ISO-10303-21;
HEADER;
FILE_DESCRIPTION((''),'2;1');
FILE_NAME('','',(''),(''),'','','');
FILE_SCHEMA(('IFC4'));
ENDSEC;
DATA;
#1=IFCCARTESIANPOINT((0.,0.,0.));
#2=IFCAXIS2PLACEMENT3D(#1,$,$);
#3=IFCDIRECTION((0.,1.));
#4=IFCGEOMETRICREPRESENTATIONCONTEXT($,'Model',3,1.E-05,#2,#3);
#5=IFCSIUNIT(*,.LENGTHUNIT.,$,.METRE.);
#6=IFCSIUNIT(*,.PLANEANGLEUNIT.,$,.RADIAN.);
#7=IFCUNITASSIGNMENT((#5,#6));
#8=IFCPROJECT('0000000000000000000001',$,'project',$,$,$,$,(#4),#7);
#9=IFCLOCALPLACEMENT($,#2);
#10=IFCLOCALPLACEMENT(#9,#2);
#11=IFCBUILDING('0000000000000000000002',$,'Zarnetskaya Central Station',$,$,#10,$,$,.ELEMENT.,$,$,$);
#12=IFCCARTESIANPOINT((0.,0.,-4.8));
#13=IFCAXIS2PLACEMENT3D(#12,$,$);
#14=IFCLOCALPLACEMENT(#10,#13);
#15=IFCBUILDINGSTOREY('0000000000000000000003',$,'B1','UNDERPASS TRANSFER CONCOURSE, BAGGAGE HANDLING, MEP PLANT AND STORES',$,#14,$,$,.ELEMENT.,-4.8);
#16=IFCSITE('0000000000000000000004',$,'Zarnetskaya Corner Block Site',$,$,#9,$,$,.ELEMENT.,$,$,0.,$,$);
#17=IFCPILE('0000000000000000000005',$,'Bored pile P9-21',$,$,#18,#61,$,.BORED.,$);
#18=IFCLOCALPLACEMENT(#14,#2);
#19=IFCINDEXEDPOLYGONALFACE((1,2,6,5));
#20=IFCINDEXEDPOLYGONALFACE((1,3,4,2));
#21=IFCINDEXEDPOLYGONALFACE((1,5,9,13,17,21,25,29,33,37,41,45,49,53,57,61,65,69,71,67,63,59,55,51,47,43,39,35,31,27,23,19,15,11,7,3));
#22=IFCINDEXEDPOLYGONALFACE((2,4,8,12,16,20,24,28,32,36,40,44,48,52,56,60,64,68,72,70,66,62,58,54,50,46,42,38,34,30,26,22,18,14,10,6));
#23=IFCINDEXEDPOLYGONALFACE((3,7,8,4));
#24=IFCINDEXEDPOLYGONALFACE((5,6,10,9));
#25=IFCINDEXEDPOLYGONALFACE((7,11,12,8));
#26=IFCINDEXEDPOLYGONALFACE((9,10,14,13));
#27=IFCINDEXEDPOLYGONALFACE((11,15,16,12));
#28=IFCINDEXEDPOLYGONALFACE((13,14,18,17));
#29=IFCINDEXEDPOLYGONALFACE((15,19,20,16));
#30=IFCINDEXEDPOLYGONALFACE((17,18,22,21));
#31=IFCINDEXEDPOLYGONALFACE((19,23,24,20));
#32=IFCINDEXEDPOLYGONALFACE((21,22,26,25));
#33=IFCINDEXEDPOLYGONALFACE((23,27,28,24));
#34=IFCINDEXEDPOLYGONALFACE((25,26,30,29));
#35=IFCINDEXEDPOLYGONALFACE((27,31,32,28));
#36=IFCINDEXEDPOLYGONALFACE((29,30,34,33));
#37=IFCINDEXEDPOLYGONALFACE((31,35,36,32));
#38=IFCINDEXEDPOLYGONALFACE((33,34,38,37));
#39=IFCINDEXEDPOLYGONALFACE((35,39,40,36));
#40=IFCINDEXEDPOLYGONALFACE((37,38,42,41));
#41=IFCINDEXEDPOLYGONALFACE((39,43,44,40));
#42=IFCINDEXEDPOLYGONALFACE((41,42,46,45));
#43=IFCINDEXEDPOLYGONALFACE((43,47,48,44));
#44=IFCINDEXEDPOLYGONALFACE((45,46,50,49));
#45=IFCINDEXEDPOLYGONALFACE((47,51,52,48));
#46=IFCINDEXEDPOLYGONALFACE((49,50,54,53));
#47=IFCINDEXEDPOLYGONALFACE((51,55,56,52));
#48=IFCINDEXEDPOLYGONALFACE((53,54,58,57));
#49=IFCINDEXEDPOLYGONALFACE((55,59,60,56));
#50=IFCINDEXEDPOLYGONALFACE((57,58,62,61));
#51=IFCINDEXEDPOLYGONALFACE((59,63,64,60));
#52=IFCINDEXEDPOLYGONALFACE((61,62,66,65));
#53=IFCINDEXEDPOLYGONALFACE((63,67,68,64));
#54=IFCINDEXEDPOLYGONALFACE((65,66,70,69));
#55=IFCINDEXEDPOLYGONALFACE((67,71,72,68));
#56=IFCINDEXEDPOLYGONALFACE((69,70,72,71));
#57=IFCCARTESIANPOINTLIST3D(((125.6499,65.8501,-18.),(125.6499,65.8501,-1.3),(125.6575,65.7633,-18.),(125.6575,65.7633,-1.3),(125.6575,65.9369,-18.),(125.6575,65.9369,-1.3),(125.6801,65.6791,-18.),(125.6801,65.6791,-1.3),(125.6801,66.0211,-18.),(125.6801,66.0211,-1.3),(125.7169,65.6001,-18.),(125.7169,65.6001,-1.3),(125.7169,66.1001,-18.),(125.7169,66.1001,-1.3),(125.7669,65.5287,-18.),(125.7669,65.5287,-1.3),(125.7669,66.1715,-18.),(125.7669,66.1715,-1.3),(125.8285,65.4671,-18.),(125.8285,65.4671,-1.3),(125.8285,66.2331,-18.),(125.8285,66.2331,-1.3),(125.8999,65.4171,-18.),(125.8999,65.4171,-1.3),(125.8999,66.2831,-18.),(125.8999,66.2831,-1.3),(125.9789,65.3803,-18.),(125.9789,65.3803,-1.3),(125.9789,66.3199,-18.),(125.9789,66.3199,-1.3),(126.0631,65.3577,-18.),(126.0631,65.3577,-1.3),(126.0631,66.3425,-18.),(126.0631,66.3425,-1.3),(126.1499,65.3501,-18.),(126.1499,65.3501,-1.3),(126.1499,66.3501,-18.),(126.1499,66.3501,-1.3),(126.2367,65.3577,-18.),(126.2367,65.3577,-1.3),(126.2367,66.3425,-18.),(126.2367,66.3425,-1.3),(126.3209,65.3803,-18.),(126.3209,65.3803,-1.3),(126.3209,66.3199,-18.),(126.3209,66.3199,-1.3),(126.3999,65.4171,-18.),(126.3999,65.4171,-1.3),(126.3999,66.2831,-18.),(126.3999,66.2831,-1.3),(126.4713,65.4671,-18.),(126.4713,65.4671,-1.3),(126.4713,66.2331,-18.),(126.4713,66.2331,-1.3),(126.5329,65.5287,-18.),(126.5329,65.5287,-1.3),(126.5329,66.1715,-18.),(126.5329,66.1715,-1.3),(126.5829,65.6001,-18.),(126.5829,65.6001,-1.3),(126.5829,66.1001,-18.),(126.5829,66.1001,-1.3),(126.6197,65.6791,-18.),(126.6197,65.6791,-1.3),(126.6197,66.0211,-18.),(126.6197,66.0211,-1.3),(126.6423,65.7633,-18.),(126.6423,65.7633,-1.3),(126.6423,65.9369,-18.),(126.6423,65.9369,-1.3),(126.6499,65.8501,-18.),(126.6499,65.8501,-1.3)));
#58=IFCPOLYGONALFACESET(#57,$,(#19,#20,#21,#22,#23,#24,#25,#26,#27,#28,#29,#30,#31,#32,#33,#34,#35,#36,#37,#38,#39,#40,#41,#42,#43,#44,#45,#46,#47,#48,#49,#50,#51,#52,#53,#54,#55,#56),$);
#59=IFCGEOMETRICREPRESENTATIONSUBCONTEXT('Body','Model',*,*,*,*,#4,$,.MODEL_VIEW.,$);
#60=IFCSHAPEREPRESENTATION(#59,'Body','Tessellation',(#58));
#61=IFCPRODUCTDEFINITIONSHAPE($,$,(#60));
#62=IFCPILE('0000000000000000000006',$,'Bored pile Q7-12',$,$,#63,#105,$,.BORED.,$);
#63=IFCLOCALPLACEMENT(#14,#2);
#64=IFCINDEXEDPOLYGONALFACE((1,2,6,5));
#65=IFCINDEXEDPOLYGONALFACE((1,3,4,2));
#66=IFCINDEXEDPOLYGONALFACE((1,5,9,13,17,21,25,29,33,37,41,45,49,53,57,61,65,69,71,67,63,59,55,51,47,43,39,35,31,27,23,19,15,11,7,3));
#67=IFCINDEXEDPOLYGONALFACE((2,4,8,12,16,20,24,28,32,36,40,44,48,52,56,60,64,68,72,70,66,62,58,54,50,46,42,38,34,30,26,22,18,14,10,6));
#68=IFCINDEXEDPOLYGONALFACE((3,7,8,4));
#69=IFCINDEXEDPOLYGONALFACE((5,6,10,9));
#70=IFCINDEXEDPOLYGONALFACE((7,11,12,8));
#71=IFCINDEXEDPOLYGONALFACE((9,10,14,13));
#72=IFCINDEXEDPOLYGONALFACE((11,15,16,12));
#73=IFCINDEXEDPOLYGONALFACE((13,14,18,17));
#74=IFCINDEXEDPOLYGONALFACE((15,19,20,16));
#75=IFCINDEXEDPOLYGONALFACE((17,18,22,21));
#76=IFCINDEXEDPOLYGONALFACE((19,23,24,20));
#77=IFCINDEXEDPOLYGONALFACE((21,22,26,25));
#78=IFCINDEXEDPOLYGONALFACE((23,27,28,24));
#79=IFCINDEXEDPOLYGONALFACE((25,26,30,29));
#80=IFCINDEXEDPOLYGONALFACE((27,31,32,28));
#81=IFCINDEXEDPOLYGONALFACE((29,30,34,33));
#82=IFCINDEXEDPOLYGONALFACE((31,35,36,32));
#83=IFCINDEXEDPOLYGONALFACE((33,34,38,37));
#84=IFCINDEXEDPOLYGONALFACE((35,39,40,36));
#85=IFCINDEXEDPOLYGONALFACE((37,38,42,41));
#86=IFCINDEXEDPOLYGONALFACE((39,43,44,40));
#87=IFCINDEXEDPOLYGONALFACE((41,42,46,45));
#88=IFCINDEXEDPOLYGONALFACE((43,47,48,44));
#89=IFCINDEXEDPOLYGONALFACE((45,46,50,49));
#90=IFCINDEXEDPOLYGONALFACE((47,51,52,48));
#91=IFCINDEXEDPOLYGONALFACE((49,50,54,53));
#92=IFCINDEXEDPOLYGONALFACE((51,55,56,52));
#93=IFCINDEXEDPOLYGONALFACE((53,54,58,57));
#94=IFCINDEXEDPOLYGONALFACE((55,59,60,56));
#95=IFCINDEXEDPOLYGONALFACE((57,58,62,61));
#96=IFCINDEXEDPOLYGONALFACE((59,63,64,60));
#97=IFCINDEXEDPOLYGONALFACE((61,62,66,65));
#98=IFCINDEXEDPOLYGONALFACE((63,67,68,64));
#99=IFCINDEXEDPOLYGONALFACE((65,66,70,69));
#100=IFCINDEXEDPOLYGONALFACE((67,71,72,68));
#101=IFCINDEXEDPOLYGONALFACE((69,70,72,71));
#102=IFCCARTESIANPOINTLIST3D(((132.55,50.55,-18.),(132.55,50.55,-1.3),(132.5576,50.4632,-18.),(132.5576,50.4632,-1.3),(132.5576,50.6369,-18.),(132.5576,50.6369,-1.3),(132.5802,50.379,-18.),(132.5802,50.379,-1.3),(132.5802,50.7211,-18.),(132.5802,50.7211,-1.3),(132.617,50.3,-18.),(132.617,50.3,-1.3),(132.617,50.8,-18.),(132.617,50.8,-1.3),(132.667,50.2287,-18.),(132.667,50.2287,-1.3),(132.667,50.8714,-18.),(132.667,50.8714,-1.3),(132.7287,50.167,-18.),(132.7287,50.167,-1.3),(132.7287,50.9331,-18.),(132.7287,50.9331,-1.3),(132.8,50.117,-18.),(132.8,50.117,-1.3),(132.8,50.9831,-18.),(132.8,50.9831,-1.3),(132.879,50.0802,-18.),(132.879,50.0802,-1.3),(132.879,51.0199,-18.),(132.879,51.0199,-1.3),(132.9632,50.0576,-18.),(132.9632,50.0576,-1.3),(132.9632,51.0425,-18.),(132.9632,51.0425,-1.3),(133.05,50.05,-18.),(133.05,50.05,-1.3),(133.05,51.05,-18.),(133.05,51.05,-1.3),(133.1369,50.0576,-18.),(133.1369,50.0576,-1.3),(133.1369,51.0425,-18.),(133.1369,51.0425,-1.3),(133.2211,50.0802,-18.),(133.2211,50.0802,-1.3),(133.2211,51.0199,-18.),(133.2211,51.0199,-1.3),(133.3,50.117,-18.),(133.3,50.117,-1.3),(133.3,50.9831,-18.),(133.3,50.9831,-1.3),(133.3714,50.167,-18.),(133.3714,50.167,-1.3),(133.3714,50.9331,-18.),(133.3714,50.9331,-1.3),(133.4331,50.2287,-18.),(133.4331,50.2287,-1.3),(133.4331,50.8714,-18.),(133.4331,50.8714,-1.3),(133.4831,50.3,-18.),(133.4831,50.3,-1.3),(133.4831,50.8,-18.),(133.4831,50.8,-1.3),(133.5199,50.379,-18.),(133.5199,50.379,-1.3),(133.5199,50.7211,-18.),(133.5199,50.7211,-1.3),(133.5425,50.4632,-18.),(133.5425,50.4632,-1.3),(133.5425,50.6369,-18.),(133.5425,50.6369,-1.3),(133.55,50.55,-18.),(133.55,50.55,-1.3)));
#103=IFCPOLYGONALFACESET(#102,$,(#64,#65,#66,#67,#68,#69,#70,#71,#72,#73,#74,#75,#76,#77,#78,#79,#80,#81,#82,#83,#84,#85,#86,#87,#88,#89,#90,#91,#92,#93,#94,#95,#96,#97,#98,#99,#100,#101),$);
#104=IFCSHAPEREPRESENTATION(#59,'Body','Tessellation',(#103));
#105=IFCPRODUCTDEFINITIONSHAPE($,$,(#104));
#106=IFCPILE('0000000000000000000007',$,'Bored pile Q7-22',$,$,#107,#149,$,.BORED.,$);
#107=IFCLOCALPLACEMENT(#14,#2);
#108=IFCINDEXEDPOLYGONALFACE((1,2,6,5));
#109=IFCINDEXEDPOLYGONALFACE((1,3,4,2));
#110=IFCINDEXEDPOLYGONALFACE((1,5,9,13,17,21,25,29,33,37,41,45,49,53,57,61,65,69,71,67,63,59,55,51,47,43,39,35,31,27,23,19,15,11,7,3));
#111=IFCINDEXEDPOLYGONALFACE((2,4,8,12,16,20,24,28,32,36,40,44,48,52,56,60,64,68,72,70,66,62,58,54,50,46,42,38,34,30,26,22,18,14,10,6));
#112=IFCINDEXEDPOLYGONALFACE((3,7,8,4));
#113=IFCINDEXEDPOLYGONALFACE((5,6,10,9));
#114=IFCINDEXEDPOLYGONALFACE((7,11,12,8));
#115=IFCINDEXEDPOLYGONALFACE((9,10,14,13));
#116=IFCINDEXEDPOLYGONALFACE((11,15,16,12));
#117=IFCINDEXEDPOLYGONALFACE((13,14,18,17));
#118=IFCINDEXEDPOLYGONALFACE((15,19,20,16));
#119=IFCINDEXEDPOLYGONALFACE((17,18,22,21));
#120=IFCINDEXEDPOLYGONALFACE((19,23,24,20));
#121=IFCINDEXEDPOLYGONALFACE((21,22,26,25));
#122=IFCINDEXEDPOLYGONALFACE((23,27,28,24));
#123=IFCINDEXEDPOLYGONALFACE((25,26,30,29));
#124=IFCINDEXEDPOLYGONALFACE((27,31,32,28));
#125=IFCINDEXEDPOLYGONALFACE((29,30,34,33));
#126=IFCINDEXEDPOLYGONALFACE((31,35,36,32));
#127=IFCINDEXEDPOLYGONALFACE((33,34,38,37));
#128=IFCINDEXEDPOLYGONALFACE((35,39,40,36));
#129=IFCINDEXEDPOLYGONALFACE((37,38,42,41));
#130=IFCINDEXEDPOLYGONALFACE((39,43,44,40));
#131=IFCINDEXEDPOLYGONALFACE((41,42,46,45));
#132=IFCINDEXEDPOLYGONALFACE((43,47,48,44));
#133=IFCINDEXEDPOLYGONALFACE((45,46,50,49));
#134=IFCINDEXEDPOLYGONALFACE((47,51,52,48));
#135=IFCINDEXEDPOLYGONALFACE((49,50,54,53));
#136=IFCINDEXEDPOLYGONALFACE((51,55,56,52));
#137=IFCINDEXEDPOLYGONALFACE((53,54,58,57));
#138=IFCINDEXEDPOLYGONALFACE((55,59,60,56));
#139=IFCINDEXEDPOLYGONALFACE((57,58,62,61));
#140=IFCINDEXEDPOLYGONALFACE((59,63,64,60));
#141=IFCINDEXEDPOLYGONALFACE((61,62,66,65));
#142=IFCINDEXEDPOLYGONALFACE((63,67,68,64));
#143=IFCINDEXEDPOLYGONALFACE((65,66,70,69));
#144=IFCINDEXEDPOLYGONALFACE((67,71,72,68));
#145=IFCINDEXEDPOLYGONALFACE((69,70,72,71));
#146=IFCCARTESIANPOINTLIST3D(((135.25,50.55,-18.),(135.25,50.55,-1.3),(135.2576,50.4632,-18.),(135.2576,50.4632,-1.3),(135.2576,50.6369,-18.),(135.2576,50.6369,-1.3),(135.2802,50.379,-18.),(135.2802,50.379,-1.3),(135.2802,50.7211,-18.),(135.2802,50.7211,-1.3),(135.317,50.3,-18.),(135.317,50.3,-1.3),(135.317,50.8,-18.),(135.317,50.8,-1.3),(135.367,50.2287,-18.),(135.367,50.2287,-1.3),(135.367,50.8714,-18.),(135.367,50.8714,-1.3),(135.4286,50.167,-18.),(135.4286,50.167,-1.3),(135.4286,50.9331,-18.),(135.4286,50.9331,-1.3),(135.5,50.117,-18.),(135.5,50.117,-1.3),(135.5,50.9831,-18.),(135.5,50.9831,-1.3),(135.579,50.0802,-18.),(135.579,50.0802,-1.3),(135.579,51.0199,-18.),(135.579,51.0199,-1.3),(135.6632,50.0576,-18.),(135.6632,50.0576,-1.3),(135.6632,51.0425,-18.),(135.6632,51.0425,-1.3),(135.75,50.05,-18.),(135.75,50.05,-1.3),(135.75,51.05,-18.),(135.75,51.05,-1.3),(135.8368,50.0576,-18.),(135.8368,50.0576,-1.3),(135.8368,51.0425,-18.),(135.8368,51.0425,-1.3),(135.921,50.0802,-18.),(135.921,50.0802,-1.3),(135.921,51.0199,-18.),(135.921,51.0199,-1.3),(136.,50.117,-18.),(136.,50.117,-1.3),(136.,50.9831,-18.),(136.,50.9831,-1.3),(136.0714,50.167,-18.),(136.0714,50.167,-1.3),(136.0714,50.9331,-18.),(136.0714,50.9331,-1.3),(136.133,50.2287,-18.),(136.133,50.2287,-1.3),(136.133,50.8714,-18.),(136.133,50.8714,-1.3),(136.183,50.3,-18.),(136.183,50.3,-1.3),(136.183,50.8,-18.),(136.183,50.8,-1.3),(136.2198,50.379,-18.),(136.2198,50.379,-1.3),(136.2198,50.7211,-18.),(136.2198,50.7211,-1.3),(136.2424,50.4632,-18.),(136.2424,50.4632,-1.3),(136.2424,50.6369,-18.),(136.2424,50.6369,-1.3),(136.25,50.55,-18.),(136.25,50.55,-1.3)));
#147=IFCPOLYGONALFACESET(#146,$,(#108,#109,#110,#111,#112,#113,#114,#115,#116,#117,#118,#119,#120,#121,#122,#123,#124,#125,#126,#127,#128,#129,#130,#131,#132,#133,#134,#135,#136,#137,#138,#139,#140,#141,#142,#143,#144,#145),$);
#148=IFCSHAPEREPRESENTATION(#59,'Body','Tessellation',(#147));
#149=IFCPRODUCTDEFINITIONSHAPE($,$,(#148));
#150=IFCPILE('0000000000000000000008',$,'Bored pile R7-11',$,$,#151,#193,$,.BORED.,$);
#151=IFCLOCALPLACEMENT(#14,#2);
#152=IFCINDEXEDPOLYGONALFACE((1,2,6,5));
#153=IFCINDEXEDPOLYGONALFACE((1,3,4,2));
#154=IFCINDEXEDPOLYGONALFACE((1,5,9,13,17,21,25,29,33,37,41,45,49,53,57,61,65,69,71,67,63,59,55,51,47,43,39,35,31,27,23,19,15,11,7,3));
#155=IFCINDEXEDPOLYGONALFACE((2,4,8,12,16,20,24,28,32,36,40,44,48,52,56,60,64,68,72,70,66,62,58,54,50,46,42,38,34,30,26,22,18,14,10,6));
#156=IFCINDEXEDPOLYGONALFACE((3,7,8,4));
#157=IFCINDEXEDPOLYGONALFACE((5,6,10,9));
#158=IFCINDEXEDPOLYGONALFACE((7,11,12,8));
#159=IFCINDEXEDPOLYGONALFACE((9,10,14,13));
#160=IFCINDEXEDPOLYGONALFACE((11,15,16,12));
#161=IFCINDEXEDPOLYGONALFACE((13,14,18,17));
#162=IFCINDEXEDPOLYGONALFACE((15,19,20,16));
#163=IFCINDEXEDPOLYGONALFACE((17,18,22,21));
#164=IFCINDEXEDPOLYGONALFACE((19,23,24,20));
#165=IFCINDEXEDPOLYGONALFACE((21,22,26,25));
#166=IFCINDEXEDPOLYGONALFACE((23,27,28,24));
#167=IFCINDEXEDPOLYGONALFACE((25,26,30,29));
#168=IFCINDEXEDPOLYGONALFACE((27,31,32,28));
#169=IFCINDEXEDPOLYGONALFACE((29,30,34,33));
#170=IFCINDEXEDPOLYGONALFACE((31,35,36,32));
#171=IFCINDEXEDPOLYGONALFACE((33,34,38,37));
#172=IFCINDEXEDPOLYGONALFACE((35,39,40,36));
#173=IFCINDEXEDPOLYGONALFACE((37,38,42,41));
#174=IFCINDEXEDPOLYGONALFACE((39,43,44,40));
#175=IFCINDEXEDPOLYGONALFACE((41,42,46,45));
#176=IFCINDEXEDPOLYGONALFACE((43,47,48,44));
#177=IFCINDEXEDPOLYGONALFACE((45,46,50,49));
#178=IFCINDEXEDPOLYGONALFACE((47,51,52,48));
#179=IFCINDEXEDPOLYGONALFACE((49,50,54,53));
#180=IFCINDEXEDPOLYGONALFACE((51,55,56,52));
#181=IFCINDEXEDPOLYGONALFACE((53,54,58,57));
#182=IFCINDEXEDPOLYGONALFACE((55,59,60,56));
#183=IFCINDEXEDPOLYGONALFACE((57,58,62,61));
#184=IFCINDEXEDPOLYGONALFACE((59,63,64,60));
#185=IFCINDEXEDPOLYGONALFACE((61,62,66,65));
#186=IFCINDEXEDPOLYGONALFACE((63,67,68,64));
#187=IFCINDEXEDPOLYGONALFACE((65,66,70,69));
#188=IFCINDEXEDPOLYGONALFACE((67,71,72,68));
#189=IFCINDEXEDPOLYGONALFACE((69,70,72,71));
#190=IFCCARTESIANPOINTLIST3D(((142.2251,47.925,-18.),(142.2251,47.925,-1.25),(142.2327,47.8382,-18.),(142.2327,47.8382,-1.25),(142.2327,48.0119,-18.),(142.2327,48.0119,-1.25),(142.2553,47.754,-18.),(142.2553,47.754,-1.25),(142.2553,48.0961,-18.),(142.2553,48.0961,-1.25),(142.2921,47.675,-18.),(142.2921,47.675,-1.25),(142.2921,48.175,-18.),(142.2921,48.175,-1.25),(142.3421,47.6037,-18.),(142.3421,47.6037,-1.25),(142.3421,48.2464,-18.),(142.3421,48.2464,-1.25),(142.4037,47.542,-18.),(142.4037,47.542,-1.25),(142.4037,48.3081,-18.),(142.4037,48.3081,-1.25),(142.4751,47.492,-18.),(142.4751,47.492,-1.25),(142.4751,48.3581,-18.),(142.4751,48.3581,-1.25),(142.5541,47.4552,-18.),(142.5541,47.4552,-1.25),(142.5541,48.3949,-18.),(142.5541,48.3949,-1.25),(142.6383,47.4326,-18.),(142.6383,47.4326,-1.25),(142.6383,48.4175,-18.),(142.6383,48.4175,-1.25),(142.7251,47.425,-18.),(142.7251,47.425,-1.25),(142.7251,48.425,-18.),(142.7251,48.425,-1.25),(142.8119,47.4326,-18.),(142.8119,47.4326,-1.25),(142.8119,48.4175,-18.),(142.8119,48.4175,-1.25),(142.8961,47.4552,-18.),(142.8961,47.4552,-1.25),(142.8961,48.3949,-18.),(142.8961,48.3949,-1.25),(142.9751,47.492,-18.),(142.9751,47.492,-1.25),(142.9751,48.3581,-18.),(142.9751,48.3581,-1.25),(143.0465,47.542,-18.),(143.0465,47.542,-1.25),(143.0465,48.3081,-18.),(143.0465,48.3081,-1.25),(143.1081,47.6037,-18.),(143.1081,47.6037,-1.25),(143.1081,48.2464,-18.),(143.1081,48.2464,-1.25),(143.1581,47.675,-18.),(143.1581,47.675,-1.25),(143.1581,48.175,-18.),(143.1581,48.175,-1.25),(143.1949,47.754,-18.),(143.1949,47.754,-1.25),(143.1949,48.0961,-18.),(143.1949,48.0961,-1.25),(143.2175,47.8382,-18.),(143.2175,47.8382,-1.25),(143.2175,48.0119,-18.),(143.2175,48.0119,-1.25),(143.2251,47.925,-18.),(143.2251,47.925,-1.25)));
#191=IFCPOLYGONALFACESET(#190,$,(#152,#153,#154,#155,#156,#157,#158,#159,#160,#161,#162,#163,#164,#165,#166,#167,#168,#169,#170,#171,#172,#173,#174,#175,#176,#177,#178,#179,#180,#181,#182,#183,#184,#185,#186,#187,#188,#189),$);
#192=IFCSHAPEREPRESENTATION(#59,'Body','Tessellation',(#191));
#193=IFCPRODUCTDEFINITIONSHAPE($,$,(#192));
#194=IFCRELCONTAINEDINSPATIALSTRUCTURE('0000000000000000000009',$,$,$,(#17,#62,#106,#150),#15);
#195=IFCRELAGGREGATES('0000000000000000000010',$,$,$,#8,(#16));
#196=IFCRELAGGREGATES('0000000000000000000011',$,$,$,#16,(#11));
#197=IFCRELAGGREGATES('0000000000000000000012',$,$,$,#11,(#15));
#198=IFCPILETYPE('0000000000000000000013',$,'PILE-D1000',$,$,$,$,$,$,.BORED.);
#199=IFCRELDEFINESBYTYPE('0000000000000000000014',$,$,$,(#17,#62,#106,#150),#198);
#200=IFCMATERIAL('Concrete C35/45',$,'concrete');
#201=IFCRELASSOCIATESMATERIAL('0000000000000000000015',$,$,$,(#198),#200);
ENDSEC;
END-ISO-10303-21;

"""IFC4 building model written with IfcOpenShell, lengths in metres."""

from ifc_helpers import new_model, si_unit, direction, frame, origin, origin_2d, place, context, subcontext, project, spatial, circle, extrude, material, material_profile, profile_set, type_object, element, save


model = new_model("IFC4")

# Units and contexts
model_context = context("Model", 3, precision=1e-05, world=origin(), true_north=direction((0.0, 1.0)))
body_context = subcontext(model_context, "Body", "Model", "MODEL_VIEW")
ifc_project = project(units=[si_unit("LENGTHUNIT", "METRE"), si_unit("PLANEANGLEUNIT", "RADIAN")], contexts=[model_context])

# Site, building, storey
site_placement = place(None, origin())
site = spatial("IfcSite", under=ifc_project, at=site_placement, Name="Zarnetskaya Corner Block Site", CompositionType="ELEMENT", RefElevation=0.0)
building_placement = place(site_placement, origin())
building = spatial("IfcBuilding", under=site, at=building_placement, Name="Zarnetskaya Central Station", CompositionType="ELEMENT")
storey_placement = place(building_placement, frame((0.0, 0.0, -4.8)))
storey = spatial("IfcBuildingStorey", under=building, at=storey_placement, Name="B1", Description="UNDERPASS TRANSFER CONCOURSE, BAGGAGE HANDLING, MEP PLANT AND STORES", CompositionType="ELEMENT", Elevation=-4.8)

# Shared definitions
ifc_material = material(Name="Concrete C35/45", Category="concrete")

# Piles
ifc_material_profile_1 = material_profile(ifc_material, circle(Radius=0.5, at=origin_2d()), Name="BORED PILE D1000")
ifc_profile_set_1 = profile_set([ifc_material_profile_1], Name="Concrete C35/45")
pile_type_1 = type_object("IfcPileType", Name="PILE-D1000", PredefinedType="BORED", material=ifc_profile_set_1)
for number, where, z_axis, x_axis, name in (
    (1, (126.1499, 65.8501, -1.3), (0.0, 0.0, -1.0), (1.0, 0.0, 0.0), "Bored pile P9-21"),
    (2, (133.05, 50.55, -1.3), (0.0, 0.0, -1.0), (1.0, 0.0, 0.0), "Bored pile Q7-12"),
    (3, (135.75, 50.55, -1.3), (0.0, 0.0, -1.0), (1.0, 0.0, 0.0), "Bored pile Q7-22"),
):
    element("IfcPile", number, at=place(storey_placement, frame(where, z_axis=z_axis, x_axis=x_axis)), inside=storey, type_object=pile_type_1, Name=name, PredefinedType="BORED", context=body_context, shape_type="SweptSolid", body=[
        extrude(circle(Radius=0.5, at=origin_2d()), origin(), (0.0, 0.0, 1.0), 16.7),
    ])
for number, where, z_axis, x_axis, name in (
    (4, (142.7251, 47.925, -1.25), (0.0, 0.0, -1.0), (1.0, 0.0, 0.0), "Bored pile R7-11"),
):
    element("IfcPile", number, at=place(storey_placement, frame(where, z_axis=z_axis, x_axis=x_axis)), inside=storey, type_object=pile_type_1, Name=name, PredefinedType="BORED", context=body_context, shape_type="SweptSolid", body=[
        extrude(circle(Radius=0.5, at=origin_2d()), origin(), (0.0, 0.0, 1.0), 16.75),
    ])

save(model, "model.ifc")
